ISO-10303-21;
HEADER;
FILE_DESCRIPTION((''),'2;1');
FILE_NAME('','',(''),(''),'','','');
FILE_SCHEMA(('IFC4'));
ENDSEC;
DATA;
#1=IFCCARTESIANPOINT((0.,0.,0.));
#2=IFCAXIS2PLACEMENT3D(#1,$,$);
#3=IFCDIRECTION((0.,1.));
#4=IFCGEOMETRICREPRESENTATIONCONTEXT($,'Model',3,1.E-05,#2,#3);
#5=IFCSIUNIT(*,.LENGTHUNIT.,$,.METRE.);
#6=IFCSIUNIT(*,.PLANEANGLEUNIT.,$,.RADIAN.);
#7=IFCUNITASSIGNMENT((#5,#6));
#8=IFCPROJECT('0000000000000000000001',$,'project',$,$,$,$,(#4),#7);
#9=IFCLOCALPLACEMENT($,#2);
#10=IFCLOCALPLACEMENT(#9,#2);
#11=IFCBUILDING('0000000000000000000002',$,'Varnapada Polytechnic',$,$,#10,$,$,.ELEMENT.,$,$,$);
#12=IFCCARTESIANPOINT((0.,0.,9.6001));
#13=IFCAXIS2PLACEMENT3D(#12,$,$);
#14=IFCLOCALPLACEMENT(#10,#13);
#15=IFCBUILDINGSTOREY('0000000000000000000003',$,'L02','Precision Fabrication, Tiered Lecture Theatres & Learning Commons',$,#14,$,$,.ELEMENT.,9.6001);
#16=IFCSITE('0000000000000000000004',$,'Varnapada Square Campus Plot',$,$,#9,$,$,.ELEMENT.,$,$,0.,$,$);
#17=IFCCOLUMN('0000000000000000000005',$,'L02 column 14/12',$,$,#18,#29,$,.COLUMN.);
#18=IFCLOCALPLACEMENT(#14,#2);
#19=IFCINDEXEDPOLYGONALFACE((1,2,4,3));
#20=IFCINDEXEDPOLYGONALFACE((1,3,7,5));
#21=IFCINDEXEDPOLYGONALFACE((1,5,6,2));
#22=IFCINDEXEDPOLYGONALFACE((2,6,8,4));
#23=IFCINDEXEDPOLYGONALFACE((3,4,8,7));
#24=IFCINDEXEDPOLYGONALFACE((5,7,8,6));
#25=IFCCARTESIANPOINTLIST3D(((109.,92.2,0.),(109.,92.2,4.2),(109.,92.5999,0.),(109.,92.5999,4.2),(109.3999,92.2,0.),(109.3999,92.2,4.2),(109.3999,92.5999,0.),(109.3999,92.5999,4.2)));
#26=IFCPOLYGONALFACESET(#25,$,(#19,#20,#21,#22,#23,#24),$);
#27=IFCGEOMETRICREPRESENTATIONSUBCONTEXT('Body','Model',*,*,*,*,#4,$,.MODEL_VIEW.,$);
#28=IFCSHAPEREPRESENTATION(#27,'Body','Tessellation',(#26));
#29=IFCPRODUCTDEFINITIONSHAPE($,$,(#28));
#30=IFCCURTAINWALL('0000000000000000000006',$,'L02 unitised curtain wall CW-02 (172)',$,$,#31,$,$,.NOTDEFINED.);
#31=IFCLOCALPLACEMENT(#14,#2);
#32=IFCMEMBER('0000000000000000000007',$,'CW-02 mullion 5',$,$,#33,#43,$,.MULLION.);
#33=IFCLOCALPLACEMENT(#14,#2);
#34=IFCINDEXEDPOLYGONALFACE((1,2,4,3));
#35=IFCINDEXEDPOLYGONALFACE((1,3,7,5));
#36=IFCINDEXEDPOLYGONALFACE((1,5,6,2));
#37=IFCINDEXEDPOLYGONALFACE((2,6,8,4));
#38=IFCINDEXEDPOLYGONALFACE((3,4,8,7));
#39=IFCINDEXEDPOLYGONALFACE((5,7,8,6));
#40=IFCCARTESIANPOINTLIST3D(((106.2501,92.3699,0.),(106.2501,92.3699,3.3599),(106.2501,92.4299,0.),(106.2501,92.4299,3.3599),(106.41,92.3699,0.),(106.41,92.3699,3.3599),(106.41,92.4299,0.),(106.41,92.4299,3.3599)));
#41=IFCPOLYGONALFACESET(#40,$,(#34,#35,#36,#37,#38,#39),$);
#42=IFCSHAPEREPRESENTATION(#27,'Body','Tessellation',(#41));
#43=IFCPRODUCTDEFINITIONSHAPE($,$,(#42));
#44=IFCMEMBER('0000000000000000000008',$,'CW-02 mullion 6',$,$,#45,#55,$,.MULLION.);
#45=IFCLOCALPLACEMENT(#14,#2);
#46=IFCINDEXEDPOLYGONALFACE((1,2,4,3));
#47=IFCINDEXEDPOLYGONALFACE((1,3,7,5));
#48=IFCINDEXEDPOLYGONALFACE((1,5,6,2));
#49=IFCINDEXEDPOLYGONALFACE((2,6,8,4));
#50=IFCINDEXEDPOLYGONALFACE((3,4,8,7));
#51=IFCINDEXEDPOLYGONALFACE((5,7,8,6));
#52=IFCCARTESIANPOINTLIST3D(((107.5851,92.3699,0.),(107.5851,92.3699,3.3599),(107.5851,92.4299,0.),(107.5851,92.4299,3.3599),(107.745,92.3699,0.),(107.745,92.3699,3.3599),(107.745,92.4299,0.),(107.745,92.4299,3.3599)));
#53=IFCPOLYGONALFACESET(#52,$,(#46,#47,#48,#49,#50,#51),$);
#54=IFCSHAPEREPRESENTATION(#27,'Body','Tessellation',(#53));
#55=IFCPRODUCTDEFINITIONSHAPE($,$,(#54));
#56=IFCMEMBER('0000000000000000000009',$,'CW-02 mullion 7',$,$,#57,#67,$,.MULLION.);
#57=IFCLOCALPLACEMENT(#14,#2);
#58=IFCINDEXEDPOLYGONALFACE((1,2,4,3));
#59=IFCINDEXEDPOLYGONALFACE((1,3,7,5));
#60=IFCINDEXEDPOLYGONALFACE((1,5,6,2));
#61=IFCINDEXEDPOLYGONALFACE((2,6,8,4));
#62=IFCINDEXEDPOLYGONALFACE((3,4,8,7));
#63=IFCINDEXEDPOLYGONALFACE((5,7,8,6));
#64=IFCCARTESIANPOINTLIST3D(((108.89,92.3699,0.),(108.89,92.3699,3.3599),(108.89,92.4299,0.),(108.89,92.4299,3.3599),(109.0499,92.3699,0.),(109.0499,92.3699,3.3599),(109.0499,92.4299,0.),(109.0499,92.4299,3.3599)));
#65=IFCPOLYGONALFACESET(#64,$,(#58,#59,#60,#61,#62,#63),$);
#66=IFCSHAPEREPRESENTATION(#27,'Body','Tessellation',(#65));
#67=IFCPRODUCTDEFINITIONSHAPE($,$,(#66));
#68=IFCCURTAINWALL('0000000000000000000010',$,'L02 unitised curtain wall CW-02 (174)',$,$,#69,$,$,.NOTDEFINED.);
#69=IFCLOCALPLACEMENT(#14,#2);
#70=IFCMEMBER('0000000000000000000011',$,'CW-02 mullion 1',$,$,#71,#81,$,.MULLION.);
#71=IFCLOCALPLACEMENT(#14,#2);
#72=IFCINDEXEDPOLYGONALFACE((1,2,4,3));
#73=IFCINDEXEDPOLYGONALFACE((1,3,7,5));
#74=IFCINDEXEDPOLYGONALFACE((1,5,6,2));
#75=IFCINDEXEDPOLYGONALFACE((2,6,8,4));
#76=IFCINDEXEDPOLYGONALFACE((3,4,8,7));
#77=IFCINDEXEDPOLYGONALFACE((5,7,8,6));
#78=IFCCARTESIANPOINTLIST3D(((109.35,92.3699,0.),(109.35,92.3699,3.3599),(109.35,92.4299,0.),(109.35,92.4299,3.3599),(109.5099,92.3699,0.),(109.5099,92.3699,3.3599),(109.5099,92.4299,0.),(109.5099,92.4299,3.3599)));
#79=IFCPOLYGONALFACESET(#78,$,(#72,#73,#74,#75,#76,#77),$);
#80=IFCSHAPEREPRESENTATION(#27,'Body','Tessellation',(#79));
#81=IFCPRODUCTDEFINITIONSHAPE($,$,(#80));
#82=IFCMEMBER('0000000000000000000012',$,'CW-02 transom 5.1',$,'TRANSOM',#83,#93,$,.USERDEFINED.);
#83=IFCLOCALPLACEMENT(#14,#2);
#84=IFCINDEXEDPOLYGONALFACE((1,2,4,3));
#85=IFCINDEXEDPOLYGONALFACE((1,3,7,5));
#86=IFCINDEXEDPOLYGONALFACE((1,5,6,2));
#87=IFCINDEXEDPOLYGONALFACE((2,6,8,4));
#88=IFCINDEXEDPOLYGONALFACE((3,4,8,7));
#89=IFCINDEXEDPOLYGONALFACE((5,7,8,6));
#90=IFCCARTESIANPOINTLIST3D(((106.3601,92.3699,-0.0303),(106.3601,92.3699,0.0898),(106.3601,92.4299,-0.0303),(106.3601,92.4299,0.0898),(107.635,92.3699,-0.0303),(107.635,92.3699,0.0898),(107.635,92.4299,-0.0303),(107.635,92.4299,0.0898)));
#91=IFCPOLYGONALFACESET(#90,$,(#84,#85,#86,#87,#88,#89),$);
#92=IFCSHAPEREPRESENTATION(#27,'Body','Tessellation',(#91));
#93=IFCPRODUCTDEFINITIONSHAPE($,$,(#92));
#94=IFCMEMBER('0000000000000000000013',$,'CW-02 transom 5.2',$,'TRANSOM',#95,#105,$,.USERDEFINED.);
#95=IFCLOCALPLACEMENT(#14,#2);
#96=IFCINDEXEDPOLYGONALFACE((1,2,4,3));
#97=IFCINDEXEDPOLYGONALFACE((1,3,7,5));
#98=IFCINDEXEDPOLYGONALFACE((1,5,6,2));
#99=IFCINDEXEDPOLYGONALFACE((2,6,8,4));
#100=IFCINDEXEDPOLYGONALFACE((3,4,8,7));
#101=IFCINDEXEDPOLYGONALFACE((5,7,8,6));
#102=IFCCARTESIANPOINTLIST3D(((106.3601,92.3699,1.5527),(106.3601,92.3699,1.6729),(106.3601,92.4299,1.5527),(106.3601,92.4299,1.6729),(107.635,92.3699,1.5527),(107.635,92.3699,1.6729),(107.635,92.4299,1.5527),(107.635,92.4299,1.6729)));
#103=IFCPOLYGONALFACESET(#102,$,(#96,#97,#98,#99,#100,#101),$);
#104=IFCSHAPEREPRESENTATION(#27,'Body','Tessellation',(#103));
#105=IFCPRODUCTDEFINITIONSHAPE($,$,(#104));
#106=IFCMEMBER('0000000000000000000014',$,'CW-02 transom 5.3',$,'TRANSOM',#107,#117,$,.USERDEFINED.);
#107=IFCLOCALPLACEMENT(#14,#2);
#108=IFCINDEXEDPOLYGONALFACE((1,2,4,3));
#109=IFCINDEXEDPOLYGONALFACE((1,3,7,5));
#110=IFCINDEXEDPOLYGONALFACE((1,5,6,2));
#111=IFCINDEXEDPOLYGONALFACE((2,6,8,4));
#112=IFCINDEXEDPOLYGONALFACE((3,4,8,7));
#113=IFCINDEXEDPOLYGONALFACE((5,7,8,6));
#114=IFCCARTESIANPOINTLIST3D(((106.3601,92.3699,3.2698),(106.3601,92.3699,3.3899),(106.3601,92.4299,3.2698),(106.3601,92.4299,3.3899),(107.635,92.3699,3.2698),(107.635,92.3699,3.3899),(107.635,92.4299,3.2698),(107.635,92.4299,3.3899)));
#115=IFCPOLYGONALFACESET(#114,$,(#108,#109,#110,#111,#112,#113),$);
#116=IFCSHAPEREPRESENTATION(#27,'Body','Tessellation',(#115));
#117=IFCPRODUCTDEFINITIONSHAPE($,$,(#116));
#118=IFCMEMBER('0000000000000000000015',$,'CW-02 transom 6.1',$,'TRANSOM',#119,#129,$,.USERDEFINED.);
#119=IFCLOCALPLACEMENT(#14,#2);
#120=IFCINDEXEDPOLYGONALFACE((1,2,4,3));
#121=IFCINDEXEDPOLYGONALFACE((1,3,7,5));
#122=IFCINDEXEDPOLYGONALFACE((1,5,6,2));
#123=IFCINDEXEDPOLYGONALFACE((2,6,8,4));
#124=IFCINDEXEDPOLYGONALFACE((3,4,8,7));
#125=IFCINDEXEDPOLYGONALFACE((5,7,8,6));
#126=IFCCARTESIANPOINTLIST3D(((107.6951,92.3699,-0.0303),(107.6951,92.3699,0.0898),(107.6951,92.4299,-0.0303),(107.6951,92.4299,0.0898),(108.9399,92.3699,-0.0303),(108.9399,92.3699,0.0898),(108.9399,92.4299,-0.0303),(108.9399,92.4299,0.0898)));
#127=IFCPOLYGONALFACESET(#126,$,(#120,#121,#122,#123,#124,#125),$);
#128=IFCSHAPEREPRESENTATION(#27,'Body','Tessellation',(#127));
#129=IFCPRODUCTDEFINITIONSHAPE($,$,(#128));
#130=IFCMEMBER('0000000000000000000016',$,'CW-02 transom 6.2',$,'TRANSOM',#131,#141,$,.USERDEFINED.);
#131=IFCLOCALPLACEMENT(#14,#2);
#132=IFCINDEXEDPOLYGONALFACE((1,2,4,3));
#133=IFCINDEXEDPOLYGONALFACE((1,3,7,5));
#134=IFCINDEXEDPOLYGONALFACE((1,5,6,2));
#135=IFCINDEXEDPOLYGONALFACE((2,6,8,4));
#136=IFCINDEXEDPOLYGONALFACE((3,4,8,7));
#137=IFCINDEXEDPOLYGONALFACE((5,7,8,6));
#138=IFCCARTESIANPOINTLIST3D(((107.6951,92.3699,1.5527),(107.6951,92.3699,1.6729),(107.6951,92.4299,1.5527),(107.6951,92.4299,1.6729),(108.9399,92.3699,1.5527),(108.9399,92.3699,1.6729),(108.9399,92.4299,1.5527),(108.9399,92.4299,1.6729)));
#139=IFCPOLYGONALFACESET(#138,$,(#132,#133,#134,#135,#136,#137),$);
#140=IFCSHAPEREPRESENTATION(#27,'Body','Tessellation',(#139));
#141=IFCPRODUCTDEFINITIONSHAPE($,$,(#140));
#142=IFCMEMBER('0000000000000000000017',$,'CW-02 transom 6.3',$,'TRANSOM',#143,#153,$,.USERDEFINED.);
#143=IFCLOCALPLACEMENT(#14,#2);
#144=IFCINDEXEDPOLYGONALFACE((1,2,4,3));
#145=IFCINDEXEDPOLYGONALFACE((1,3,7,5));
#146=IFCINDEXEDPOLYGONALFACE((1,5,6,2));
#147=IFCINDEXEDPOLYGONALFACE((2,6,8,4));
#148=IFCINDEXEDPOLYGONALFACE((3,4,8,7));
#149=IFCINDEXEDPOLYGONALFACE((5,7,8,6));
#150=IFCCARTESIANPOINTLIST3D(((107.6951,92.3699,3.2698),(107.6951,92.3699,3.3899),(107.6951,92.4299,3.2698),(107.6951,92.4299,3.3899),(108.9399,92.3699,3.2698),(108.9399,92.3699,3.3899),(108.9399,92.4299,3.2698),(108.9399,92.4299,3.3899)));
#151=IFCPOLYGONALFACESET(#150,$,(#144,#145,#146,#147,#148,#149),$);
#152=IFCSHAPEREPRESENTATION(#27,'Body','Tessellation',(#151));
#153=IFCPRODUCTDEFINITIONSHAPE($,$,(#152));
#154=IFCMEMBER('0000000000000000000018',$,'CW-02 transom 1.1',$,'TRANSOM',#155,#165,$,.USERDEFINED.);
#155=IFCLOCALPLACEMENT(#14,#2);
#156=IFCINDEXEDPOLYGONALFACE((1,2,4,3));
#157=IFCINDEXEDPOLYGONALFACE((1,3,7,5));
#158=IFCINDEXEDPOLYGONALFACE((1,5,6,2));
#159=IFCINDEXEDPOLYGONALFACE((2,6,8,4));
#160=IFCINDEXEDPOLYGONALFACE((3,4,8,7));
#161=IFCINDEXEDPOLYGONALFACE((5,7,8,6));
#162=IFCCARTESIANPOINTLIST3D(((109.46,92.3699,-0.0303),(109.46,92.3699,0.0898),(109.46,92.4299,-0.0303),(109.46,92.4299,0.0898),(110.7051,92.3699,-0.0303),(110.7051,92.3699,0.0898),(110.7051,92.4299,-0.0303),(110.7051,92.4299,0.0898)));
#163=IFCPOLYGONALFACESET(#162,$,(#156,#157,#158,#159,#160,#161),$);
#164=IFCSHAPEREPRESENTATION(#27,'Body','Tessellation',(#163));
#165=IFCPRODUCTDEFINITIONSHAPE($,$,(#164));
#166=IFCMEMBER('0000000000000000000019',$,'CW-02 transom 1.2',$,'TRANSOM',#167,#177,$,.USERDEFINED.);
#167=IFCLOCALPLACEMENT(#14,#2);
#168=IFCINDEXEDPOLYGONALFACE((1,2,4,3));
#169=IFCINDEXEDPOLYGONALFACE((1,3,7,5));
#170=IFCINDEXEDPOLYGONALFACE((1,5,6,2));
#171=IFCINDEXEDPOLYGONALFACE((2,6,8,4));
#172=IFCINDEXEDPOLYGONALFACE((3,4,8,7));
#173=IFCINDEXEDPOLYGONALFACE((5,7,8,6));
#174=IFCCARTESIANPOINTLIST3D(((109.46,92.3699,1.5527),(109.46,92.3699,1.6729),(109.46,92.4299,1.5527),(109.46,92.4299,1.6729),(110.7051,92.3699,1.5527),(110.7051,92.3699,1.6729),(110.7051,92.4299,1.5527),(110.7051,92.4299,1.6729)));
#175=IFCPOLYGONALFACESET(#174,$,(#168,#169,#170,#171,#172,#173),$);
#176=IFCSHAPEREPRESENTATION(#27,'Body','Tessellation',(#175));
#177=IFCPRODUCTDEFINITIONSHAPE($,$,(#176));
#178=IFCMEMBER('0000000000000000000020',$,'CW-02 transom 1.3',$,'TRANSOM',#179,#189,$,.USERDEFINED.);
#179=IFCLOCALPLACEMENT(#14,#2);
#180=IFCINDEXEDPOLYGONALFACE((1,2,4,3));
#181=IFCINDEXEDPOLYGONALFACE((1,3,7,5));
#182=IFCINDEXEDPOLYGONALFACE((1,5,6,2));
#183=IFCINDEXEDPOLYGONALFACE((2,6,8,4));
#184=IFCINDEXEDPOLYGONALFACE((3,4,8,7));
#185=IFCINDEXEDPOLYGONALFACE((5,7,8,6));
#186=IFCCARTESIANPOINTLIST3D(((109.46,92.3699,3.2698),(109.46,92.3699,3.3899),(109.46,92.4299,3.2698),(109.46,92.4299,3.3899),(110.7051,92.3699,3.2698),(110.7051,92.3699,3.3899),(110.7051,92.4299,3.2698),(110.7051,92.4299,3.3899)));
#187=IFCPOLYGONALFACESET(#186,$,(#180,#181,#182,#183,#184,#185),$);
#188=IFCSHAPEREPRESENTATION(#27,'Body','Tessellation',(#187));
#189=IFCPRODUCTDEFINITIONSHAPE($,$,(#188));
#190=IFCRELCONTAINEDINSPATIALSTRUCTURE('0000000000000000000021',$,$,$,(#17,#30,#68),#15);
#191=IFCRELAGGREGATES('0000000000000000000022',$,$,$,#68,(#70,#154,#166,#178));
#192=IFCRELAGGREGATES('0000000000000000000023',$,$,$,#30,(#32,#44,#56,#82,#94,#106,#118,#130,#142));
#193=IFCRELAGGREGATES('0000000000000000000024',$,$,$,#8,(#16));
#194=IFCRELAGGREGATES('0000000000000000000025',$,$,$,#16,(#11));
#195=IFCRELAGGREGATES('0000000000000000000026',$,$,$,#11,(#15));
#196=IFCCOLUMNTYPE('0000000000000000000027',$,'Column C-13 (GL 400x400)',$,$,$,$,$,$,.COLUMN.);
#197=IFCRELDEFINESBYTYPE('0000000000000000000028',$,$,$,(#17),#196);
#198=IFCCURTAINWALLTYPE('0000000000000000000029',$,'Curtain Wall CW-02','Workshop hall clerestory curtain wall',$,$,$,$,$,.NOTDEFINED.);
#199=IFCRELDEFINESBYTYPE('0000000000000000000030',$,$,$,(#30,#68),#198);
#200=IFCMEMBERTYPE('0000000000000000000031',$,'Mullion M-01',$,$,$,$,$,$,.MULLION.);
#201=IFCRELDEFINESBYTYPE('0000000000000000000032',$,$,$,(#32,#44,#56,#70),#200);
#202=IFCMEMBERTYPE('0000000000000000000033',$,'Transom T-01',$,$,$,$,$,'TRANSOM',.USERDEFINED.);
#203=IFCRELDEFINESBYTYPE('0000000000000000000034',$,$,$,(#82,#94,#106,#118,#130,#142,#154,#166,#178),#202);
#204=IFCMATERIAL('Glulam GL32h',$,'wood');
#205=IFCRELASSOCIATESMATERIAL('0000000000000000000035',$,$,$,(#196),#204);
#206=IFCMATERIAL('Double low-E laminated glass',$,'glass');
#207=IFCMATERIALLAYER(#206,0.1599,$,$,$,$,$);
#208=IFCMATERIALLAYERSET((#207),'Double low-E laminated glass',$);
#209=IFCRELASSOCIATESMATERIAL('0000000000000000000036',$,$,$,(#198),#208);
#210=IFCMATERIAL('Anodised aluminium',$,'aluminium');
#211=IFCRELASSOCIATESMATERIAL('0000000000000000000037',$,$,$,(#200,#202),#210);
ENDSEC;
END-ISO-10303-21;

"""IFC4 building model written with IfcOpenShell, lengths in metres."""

from ifc_helpers import new_model, si_unit, direction, frame, origin, origin_2d, place, context, subcontext, project, spatial, rectangle, extrude, material, layer, layer_set, material_profile, profile_set, type_object, element, aggregate, save


model = new_model("IFC4")

# Units and contexts
model_context = context("Model", 3, precision=1e-05, world=origin(), true_north=direction((0.0, 1.0)))
body_context = subcontext(model_context, "Body", "Model", "MODEL_VIEW")
ifc_project = project(units=[si_unit("LENGTHUNIT", "METRE"), si_unit("PLANEANGLEUNIT", "RADIAN")], contexts=[model_context])

# Site, building, storey
site_placement = place(None, origin())
site = spatial("IfcSite", under=ifc_project, at=site_placement, Name="Varnapada Square Campus Plot", CompositionType="ELEMENT", RefElevation=0.0)
building_placement = place(site_placement, origin())
building = spatial("IfcBuilding", under=site, at=building_placement, Name="Varnapada Polytechnic", CompositionType="ELEMENT")
storey_placement = place(building_placement, frame((0.0, 0.0, 9.6001)))
storey = spatial("IfcBuildingStorey", under=building, at=storey_placement, Name="L02", Description="Precision Fabrication, Tiered Lecture Theatres & Learning Commons", CompositionType="ELEMENT", Elevation=9.6001)

# Column
ifc_material_1 = material(Name="Glulam GL32h", Category="wood")
ifc_material_profile_1 = material_profile(ifc_material_1, rectangle(XDim=0.3999, YDim=0.3999, at=origin_2d()), Name="GL 400x400")
ifc_profile_set_1 = profile_set([ifc_material_profile_1], Name="Glulam GL32h")
column_type = type_object("IfcColumnType", Name="Column C-13 (GL 400x400)", PredefinedType="COLUMN", material=ifc_profile_set_1)
column_placement = place(storey_placement, frame((109.2, 92.3999, 0.0), z_axis=(0.0, 0.0, 1.0), x_axis=(1.0, 0.0, 0.0)))
element("IfcColumn", 1, at=column_placement, inside=storey, type_object=column_type, Name="L02 column 14/12", PredefinedType="COLUMN", context=body_context, shape_type="SweptSolid", body=[
    extrude(rectangle(XDim=0.3999, YDim=0.3999, at=origin_2d()), origin(), (0.0, 0.0, 1.0), 4.2),
])

# Curtain wall, members
ifc_material_2 = material(Name="Double low-E laminated glass", Category="glass")
ifc_layer_1 = layer(ifc_material_2, 0.1599)
ifc_layer_set_1 = layer_set([ifc_layer_1], Name="Double low-E laminated glass")
curtain_wall_type = type_object("IfcCurtainWallType", Name="Curtain Wall CW-02", Description="Workshop hall clerestory curtain wall", PredefinedType="NOTDEFINED", material=ifc_layer_set_1)
curtain_wall_1_placement = place(storey_placement, origin())
curtain_wall_1 = element("IfcCurtainWall", 2, at=curtain_wall_1_placement, inside=storey, type_object=curtain_wall_type, Name="L02 unitised curtain wall CW-02 (172)", PredefinedType="NOTDEFINED")
ifc_material_3 = material(Name="Anodised aluminium", Category="aluminium")
ifc_material_profile_2 = material_profile(ifc_material_3, rectangle(XDim=0.0601, YDim=0.1599, at=origin_2d()), Name="ALU M60x160")
ifc_profile_set_2 = profile_set([ifc_material_profile_2], Name="Anodised aluminium")
member_type_1 = type_object("IfcMemberType", Name="Mullion M-01", PredefinedType="MULLION", material=ifc_profile_set_2)
member_1_placement = place(storey_placement, frame((106.3301, 92.3999, 0.0), z_axis=(0.0, 0.0, 1.0), x_axis=(0.0, 1.0, 0.0)))
member_1 = element("IfcMember", 3, at=member_1_placement, type_object=member_type_1, Name="CW-02 mullion 5", PredefinedType="MULLION", context=body_context, shape_type="SweptSolid", body=[
    extrude(rectangle(XDim=0.0601, YDim=0.1599, at=origin_2d()), origin(), (0.0, 0.0, 1.0), 3.3599),
])
member_2_placement = place(storey_placement, frame((107.665, 92.3999, 0.0), z_axis=(0.0, 0.0, 1.0), x_axis=(0.0, 1.0, 0.0)))
member_2 = element("IfcMember", 4, at=member_2_placement, type_object=member_type_1, Name="CW-02 mullion 6", PredefinedType="MULLION", context=body_context, shape_type="SweptSolid", body=[
    extrude(rectangle(XDim=0.0601, YDim=0.1599, at=origin_2d()), origin(), (0.0, 0.0, 1.0), 3.3599),
])
member_3_placement = place(storey_placement, frame((108.97, 92.3999, 0.0), z_axis=(0.0, 0.0, 1.0), x_axis=(0.0, 1.0, 0.0)))
member_3 = element("IfcMember", 5, at=member_3_placement, type_object=member_type_1, Name="CW-02 mullion 7", PredefinedType="MULLION", context=body_context, shape_type="SweptSolid", body=[
    extrude(rectangle(XDim=0.0601, YDim=0.1599, at=origin_2d()), origin(), (0.0, 0.0, 1.0), 3.3599),
])

# Curtain wall, member
curtain_wall_2_placement = place(storey_placement, origin())
curtain_wall_2 = element("IfcCurtainWall", 6, at=curtain_wall_2_placement, inside=storey, type_object=curtain_wall_type, Name="L02 unitised curtain wall CW-02 (174)", PredefinedType="NOTDEFINED")
member_4_placement = place(storey_placement, frame((109.4299, 92.3999, 0.0), z_axis=(0.0, 0.0, 1.0), x_axis=(0.0, 1.0, 0.0)))
member_4 = element("IfcMember", 7, at=member_4_placement, type_object=member_type_1, Name="CW-02 mullion 1", PredefinedType="MULLION", context=body_context, shape_type="SweptSolid", body=[
    extrude(rectangle(XDim=0.0601, YDim=0.1599, at=origin_2d()), origin(), (0.0, 0.0, 1.0), 3.3599),
])

# Members
ifc_material_profile_3 = material_profile(ifc_material_3, rectangle(XDim=0.0601, YDim=0.1201, at=origin_2d()), Name="ALU T60x120")
ifc_profile_set_3 = profile_set([ifc_material_profile_3], Name="Anodised aluminium")
member_type_2 = type_object("IfcMemberType", Name="Transom T-01", ElementType="TRANSOM", PredefinedType="USERDEFINED", material=ifc_profile_set_3)
member_5_placement = place(storey_placement, frame((106.3601, 92.3999, 0.0298), z_axis=(1.0, 0.0, 0.0), x_axis=(0.0, 1.0, 0.0)))
member_5 = element("IfcMember", 8, at=member_5_placement, type_object=member_type_2, Name="CW-02 transom 5.1", ObjectType="TRANSOM", PredefinedType="USERDEFINED", context=body_context, shape_type="SweptSolid", body=[
    extrude(rectangle(XDim=0.0601, YDim=0.1201, at=origin_2d()), origin(), (0.0, 0.0, 1.0), 1.2749),
])
member_6_placement = place(storey_placement, frame((106.3601, 92.3999, 1.6128), z_axis=(1.0, 0.0, 0.0), x_axis=(0.0, 1.0, 0.0)))
member_6 = element("IfcMember", 9, at=member_6_placement, type_object=member_type_2, Name="CW-02 transom 5.2", ObjectType="TRANSOM", PredefinedType="USERDEFINED", context=body_context, shape_type="SweptSolid", body=[
    extrude(rectangle(XDim=0.0601, YDim=0.1201, at=origin_2d()), origin(), (0.0, 0.0, 1.0), 1.2749),
])
member_7_placement = place(storey_placement, frame((106.3601, 92.3999, 3.3298), z_axis=(1.0, 0.0, 0.0), x_axis=(0.0, 1.0, 0.0)))
member_7 = element("IfcMember", 10, at=member_7_placement, type_object=member_type_2, Name="CW-02 transom 5.3", ObjectType="TRANSOM", PredefinedType="USERDEFINED", context=body_context, shape_type="SweptSolid", body=[
    extrude(rectangle(XDim=0.0601, YDim=0.1201, at=origin_2d()), origin(), (0.0, 0.0, 1.0), 1.2749),
])
member_8_placement = place(storey_placement, frame((107.6951, 92.3999, 0.0298), z_axis=(1.0, 0.0, 0.0), x_axis=(0.0, 1.0, 0.0)))
member_8 = element("IfcMember", 11, at=member_8_placement, type_object=member_type_2, Name="CW-02 transom 6.1", ObjectType="TRANSOM", PredefinedType="USERDEFINED", context=body_context, shape_type="SweptSolid", body=[
    extrude(rectangle(XDim=0.0601, YDim=0.1201, at=origin_2d()), origin(), (0.0, 0.0, 1.0), 1.2449),
])
member_9_placement = place(storey_placement, frame((107.6951, 92.3999, 1.6128), z_axis=(1.0, 0.0, 0.0), x_axis=(0.0, 1.0, 0.0)))
member_9 = element("IfcMember", 12, at=member_9_placement, type_object=member_type_2, Name="CW-02 transom 6.2", ObjectType="TRANSOM", PredefinedType="USERDEFINED", context=body_context, shape_type="SweptSolid", body=[
    extrude(rectangle(XDim=0.0601, YDim=0.1201, at=origin_2d()), origin(), (0.0, 0.0, 1.0), 1.2449),
])
member_10_placement = place(storey_placement, frame((107.6951, 92.3999, 3.3298), z_axis=(1.0, 0.0, 0.0), x_axis=(0.0, 1.0, 0.0)))
member_10 = element("IfcMember", 13, at=member_10_placement, type_object=member_type_2, Name="CW-02 transom 6.3", ObjectType="TRANSOM", PredefinedType="USERDEFINED", context=body_context, shape_type="SweptSolid", body=[
    extrude(rectangle(XDim=0.0601, YDim=0.1201, at=origin_2d()), origin(), (0.0, 0.0, 1.0), 1.2449),
])
member_11_placement = place(storey_placement, frame((109.46, 92.3999, 0.0298), z_axis=(1.0, 0.0, 0.0), x_axis=(0.0, 1.0, 0.0)))
member_11 = element("IfcMember", 14, at=member_11_placement, type_object=member_type_2, Name="CW-02 transom 1.1", ObjectType="TRANSOM", PredefinedType="USERDEFINED", context=body_context, shape_type="SweptSolid", body=[
    extrude(rectangle(XDim=0.0601, YDim=0.1201, at=origin_2d()), origin(), (0.0, 0.0, 1.0), 1.2451),
])
member_12_placement = place(storey_placement, frame((109.46, 92.3999, 1.6128), z_axis=(1.0, 0.0, 0.0), x_axis=(0.0, 1.0, 0.0)))
member_12 = element("IfcMember", 15, at=member_12_placement, type_object=member_type_2, Name="CW-02 transom 1.2", ObjectType="TRANSOM", PredefinedType="USERDEFINED", context=body_context, shape_type="SweptSolid", body=[
    extrude(rectangle(XDim=0.0601, YDim=0.1201, at=origin_2d()), origin(), (0.0, 0.0, 1.0), 1.2451),
])
member_13_placement = place(storey_placement, frame((109.46, 92.3999, 3.3298), z_axis=(1.0, 0.0, 0.0), x_axis=(0.0, 1.0, 0.0)))
member_13 = element("IfcMember", 16, at=member_13_placement, type_object=member_type_2, Name="CW-02 transom 1.3", ObjectType="TRANSOM", PredefinedType="USERDEFINED", context=body_context, shape_type="SweptSolid", body=[
    extrude(rectangle(XDim=0.0601, YDim=0.1201, at=origin_2d()), origin(), (0.0, 0.0, 1.0), 1.2451),
])
aggregate(curtain_wall_2, [member_4, member_11, member_12, member_13])

aggregate(curtain_wall_1, [member_1, member_2, member_3, member_5, member_6, member_7, member_8, member_9, member_10])

save(model, "model.ifc")
